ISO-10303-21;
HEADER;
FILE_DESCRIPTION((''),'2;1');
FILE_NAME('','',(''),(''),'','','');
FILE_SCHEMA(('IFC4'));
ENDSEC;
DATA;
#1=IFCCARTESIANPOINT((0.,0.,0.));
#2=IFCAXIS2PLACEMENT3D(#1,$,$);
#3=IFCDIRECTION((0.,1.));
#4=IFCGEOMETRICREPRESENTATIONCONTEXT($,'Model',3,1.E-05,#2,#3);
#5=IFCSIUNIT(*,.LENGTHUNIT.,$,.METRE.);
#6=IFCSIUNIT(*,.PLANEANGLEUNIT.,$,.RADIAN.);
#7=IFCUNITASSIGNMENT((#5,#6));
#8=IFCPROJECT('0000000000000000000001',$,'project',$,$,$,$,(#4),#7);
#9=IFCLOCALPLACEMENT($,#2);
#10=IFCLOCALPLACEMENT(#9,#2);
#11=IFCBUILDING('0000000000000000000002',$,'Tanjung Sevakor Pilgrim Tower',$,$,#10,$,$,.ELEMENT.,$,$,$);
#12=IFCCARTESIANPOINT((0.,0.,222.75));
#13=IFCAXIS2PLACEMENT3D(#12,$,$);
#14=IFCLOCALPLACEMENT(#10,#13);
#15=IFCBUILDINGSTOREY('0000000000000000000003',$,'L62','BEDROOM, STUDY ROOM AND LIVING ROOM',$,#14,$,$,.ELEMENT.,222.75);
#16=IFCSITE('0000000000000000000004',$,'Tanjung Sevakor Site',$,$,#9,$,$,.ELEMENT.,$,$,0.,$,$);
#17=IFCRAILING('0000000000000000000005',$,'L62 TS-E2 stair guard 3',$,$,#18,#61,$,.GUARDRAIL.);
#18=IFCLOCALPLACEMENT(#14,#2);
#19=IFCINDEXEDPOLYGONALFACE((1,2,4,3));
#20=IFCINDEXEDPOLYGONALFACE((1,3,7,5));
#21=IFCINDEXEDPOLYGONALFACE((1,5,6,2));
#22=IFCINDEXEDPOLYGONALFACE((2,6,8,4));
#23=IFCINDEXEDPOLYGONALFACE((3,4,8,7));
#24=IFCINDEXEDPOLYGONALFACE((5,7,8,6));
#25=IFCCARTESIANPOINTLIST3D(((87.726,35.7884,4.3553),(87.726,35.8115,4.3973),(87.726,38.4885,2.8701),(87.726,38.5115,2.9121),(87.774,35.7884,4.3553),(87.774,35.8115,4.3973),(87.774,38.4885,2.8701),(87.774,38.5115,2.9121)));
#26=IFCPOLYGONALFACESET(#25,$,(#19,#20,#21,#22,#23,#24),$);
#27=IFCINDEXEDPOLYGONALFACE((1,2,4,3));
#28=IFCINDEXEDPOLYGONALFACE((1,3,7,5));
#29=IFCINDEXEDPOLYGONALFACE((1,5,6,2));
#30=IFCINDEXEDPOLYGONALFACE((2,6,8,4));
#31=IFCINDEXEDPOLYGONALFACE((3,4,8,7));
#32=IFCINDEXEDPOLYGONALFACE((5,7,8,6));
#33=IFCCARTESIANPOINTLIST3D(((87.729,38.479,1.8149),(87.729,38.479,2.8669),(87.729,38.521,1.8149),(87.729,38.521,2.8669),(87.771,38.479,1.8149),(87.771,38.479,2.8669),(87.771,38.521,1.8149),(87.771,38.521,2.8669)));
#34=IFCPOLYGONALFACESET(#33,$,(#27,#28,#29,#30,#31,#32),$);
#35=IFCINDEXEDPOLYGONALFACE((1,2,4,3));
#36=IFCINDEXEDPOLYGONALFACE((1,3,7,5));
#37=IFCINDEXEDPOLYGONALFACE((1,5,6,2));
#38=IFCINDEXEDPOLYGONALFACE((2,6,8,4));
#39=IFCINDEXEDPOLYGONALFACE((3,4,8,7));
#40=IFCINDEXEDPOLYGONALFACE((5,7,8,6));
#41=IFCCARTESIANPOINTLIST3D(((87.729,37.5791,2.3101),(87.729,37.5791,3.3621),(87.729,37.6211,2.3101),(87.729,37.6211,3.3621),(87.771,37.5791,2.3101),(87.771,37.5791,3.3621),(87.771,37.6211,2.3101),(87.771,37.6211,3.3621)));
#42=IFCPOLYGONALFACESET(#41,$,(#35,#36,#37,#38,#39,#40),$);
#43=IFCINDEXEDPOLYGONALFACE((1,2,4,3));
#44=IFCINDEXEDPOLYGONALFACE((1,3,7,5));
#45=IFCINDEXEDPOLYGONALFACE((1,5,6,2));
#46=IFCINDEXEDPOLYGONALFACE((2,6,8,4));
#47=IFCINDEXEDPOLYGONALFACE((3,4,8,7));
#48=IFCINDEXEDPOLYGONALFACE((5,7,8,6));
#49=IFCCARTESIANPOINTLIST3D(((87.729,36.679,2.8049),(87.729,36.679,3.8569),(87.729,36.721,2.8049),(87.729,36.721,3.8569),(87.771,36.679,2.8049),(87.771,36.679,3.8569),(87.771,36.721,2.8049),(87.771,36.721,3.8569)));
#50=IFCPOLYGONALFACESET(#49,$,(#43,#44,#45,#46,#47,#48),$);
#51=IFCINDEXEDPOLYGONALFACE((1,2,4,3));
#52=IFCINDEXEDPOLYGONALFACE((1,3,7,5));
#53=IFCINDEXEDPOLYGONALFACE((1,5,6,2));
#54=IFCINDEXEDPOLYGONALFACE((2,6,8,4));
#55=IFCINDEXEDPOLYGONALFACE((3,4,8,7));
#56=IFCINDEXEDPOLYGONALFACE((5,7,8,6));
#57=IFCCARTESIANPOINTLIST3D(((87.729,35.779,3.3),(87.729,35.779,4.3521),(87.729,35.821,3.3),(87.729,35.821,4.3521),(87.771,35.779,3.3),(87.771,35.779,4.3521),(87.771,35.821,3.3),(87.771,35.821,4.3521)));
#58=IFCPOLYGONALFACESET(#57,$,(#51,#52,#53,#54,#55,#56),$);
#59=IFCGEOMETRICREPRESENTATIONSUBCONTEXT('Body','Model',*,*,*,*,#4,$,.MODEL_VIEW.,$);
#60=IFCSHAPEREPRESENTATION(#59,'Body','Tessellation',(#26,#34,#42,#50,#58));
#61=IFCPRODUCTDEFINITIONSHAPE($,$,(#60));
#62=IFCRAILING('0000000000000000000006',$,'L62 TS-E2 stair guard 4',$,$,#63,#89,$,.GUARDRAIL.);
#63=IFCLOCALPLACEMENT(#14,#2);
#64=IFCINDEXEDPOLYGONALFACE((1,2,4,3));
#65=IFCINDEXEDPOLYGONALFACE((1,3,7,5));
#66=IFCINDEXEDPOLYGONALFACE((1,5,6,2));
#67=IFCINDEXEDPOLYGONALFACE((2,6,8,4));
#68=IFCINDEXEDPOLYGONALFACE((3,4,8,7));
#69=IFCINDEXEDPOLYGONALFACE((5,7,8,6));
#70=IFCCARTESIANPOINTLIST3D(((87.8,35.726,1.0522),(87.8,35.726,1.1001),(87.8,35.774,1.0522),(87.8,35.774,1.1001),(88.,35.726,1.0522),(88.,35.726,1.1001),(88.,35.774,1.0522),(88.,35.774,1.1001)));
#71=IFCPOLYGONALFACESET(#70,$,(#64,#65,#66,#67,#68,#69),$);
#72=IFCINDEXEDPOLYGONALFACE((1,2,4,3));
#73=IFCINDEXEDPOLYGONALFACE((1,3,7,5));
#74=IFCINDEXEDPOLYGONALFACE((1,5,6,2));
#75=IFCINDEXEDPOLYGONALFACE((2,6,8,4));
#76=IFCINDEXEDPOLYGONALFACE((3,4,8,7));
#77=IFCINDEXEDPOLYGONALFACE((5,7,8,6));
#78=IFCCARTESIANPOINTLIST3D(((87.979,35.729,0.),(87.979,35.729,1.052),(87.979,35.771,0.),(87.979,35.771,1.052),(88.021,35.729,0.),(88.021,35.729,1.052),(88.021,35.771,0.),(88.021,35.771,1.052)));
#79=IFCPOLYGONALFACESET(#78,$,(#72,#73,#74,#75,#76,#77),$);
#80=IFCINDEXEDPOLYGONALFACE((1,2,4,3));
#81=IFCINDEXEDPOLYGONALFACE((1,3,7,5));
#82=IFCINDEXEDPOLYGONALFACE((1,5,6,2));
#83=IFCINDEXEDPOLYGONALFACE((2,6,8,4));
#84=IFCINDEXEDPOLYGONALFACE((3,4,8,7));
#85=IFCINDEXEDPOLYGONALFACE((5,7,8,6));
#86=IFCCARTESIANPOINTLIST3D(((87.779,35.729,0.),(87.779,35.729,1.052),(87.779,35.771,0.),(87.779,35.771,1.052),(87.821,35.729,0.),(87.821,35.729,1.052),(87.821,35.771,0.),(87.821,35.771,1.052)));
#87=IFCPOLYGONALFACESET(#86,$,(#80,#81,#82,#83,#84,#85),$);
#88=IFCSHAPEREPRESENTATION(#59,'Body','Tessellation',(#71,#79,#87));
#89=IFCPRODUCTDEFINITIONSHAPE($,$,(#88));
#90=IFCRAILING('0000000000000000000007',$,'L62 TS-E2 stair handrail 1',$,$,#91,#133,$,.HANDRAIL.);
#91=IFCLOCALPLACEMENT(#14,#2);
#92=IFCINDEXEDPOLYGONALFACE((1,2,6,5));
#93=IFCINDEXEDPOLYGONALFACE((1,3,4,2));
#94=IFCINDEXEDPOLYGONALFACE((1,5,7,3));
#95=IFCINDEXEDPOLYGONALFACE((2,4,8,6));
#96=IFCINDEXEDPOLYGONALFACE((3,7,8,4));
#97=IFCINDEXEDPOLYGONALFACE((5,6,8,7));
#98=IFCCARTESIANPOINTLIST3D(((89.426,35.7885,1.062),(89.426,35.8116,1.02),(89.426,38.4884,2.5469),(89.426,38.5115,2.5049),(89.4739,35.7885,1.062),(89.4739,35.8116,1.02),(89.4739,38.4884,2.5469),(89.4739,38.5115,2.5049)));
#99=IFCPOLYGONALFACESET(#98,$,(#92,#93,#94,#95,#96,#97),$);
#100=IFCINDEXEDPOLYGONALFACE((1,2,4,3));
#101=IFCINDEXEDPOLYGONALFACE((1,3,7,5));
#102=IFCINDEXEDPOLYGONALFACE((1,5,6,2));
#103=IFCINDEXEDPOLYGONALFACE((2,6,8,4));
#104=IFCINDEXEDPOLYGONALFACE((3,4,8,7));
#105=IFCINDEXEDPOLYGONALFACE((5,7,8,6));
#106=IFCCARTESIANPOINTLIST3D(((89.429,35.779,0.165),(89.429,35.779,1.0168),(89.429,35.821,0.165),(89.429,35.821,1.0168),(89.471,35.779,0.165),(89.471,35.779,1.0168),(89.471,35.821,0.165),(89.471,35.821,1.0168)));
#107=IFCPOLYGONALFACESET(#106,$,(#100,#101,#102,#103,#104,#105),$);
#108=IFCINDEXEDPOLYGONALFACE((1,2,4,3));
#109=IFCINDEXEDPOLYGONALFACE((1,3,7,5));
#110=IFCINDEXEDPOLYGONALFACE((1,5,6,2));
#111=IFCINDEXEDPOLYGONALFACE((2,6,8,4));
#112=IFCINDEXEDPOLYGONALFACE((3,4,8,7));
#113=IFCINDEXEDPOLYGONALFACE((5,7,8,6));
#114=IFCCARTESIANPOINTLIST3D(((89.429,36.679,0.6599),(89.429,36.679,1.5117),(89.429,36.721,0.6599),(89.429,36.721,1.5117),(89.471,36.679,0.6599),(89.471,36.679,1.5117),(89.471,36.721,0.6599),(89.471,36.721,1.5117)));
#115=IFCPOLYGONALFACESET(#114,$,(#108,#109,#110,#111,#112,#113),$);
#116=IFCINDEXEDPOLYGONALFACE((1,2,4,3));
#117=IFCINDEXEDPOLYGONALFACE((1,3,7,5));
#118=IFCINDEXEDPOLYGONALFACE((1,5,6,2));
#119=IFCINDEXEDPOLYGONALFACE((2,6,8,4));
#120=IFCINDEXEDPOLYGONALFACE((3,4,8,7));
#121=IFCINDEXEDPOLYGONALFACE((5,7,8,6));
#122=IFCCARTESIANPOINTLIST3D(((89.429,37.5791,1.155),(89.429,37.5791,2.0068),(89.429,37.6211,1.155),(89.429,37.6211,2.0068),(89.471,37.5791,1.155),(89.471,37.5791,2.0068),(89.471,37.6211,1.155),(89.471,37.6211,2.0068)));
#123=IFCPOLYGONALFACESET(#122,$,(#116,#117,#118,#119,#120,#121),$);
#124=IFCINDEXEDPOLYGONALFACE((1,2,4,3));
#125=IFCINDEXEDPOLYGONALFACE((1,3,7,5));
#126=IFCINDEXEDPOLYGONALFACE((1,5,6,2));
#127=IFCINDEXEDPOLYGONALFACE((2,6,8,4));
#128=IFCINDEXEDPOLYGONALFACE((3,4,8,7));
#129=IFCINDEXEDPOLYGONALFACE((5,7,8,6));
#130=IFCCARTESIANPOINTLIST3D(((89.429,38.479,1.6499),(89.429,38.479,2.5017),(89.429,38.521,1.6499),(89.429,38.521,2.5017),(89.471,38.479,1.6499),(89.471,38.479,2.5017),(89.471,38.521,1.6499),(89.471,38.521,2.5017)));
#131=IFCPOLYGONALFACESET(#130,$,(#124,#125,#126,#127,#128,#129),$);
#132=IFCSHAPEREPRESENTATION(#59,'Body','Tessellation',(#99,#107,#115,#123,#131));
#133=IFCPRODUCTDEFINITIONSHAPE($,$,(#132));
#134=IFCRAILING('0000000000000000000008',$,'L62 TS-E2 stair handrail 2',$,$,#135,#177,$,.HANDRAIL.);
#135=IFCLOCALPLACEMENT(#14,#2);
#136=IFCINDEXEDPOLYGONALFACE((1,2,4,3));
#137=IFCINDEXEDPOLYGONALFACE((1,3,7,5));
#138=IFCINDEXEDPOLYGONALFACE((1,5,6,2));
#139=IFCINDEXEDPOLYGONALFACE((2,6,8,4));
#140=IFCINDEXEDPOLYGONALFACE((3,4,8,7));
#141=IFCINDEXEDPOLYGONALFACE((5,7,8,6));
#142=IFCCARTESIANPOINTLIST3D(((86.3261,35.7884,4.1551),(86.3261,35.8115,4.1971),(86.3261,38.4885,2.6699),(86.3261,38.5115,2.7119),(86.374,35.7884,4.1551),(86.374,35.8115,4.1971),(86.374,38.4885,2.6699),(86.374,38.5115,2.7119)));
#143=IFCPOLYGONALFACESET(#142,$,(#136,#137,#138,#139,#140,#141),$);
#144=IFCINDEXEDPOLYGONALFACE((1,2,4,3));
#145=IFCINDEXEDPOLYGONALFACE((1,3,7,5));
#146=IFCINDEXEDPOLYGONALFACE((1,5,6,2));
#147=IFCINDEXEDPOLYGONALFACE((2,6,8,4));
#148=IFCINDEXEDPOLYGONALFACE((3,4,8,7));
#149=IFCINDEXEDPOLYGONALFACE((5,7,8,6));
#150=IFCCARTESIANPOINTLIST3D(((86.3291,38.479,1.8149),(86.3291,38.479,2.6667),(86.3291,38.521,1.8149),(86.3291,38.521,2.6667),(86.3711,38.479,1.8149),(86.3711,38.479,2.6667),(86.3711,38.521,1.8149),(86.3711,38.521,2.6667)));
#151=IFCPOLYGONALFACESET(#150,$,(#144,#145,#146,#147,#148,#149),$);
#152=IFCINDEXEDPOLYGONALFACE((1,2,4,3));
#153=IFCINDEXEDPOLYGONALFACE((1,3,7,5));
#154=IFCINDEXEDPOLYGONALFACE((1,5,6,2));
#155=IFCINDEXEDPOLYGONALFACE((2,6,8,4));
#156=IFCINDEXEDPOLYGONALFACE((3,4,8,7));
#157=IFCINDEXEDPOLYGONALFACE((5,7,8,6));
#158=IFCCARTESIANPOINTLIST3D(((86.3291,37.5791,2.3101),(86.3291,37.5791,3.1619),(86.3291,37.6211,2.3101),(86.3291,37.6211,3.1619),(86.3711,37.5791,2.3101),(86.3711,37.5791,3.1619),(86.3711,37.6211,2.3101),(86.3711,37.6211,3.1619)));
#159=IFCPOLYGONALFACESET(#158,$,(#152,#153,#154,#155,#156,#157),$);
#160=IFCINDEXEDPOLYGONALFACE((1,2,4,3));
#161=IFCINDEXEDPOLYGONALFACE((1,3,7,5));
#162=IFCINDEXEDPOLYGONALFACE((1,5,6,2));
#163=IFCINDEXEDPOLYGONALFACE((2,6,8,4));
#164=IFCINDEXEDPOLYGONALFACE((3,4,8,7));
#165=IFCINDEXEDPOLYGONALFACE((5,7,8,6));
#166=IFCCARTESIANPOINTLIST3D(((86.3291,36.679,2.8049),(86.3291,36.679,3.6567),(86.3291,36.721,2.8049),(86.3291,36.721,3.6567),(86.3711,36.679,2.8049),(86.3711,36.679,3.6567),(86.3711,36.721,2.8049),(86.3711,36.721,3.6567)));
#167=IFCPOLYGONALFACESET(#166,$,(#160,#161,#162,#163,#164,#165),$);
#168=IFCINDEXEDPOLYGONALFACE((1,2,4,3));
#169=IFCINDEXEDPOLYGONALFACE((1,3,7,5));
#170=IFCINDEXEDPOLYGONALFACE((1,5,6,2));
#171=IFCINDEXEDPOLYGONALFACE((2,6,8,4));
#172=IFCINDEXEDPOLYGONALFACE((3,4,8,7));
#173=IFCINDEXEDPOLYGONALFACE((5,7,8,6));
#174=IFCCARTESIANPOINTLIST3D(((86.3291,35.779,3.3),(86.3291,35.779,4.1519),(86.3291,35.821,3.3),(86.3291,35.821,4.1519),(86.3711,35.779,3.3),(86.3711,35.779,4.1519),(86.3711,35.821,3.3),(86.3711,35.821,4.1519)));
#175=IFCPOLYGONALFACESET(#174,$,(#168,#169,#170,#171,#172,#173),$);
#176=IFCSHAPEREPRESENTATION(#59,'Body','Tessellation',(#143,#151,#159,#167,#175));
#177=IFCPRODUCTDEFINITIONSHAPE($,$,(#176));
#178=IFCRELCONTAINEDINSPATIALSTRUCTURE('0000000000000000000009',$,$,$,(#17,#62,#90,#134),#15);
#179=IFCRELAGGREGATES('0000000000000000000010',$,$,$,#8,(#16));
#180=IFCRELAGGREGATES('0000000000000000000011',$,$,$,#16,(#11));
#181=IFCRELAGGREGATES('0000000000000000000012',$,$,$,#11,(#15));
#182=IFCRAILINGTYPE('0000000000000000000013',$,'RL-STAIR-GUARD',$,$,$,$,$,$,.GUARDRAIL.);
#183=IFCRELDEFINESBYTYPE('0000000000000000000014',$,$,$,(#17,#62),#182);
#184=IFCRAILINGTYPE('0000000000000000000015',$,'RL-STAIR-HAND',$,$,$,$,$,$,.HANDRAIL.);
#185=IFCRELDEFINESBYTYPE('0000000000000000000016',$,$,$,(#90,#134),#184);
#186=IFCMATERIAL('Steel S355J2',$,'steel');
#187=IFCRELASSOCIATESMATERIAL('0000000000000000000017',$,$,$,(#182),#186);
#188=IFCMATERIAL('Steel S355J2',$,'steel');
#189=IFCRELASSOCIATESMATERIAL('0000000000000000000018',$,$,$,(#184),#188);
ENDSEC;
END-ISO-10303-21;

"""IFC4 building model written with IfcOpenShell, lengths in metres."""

from ifc_helpers import new_model, si_unit, direction, frame, origin, place, context, subcontext, project, spatial, rectangle, extrude, material, type_object, element, save


model = new_model("IFC4")

# Units and contexts
model_context = context("Model", 3, precision=1e-05, world=origin(), true_north=direction((0.0, 1.0)))
body_context = subcontext(model_context, "Body", "Model", "MODEL_VIEW")
ifc_project = project(units=[si_unit("LENGTHUNIT", "METRE"), si_unit("PLANEANGLEUNIT", "RADIAN")], contexts=[model_context])

# Site, building, storey
site_placement = place(None, origin())
site = spatial("IfcSite", under=ifc_project, at=site_placement, Name="Tanjung Sevakor Site", CompositionType="ELEMENT", RefElevation=0.0)
building_placement = place(site_placement, origin())
building = spatial("IfcBuilding", under=site, at=building_placement, Name="Tanjung Sevakor Pilgrim Tower", CompositionType="ELEMENT")
storey_placement = place(building_placement, frame((0.0, 0.0, 222.75)))
storey = spatial("IfcBuildingStorey", under=building, at=storey_placement, Name="L62", Description="BEDROOM, STUDY ROOM AND LIVING ROOM", CompositionType="ELEMENT", Elevation=222.75)

# Railings
ifc_material_1 = material(Name="Steel S355J2", Category="steel")
railing_type_1 = type_object("IfcRailingType", Name="RL-STAIR-GUARD", PredefinedType="GUARDRAIL", material=ifc_material_1)
railing_1_placement = place(storey_placement, frame((87.75, 38.5, 1.8149)))
element("IfcRailing", 1, at=railing_1_placement, inside=storey, type_object=railing_type_1, Name="L62 TS-E2 stair guard 3", PredefinedType="GUARDRAIL", context=body_context, shape_type="SweptSolid", body=[
    extrude(rectangle(XDim=0.0479, YDim=0.0479), frame((0.0, 0.0, 1.0762), z_axis=(0.0, -0.876198, 0.481952), x_axis=(1.0, 0.0, 0.0)), (0.0, 0.0, 1.0), 3.0815),
    extrude(rectangle(XDim=0.042, YDim=0.042), origin(), (0.0, 0.0, 1.0), 1.052),
    extrude(rectangle(XDim=0.042, YDim=0.042), frame((0.0, -0.8999, 0.4951)), (0.0, 0.0, 1.0), 1.052),
    extrude(rectangle(XDim=0.042, YDim=0.042), frame((0.0, -1.8, 0.99)), (0.0, 0.0, 1.0), 1.052),
    extrude(rectangle(XDim=0.042, YDim=0.042), frame((0.0, -2.7, 1.4851)), (0.0, 0.0, 1.0), 1.052),
])
railing_2_placement = place(storey_placement, frame((88.0, 35.75, 0.0)))
element("IfcRailing", 2, at=railing_2_placement, inside=storey, type_object=railing_type_1, Name="L62 TS-E2 stair guard 4", PredefinedType="GUARDRAIL", context=body_context, shape_type="SweptSolid", body=[
    extrude(rectangle(XDim=0.0479, YDim=0.0479), frame((0.0, 0.0, 1.0762), z_axis=(-1.0, 0.0, 0.0), x_axis=(0.0, -1.0, 0.0)), (0.0, 0.0, 1.0), 0.2),
    extrude(rectangle(XDim=0.042, YDim=0.042), origin(), (0.0, 0.0, 1.0), 1.052),
    extrude(rectangle(XDim=0.042, YDim=0.042), frame((-0.2, 0.0, 0.0)), (0.0, 0.0, 1.0), 1.052),
])
ifc_material_2 = material(Name="Steel S355J2", Category="steel")
railing_type_2 = type_object("IfcRailingType", Name="RL-STAIR-HAND", PredefinedType="HANDRAIL", material=ifc_material_2)
railing_3_placement = place(storey_placement, frame((89.45, 35.8, 0.165)))
element("IfcRailing", 3, at=railing_3_placement, inside=storey, type_object=railing_type_2, Name="L62 TS-E2 stair handrail 1", PredefinedType="HANDRAIL", context=body_context, shape_type="SweptSolid", body=[
    extrude(rectangle(XDim=0.0479, YDim=0.0479), frame((0.0, 0.0, 0.876), z_axis=(0.0, 0.876231, 0.481891), x_axis=(-1.0, 0.0, 0.0)), (0.0, 0.0, 1.0), 3.0813),
    extrude(rectangle(XDim=0.042, YDim=0.042), origin(), (0.0, 0.0, 1.0), 0.8518),
    extrude(rectangle(XDim=0.042, YDim=0.042), frame((0.0, 0.8999, 0.4949)), (0.0, 0.0, 1.0), 0.8518),
    extrude(rectangle(XDim=0.042, YDim=0.042), frame((0.0, 1.8, 0.99)), (0.0, 0.0, 1.0), 0.8518),
    extrude(rectangle(XDim=0.042, YDim=0.042), frame((0.0, 2.7, 1.4849)), (0.0, 0.0, 1.0), 0.8518),
])
railing_4_placement = place(storey_placement, frame((86.3501, 38.5, 1.8149)))
element("IfcRailing", 4, at=railing_4_placement, inside=storey, type_object=railing_type_2, Name="L62 TS-E2 stair handrail 2", PredefinedType="HANDRAIL", context=body_context, shape_type="SweptSolid", body=[
    extrude(rectangle(XDim=0.0479, YDim=0.0479), frame((0.0, 0.0, 0.876), z_axis=(0.0, -0.876198, 0.481952), x_axis=(1.0, 0.0, 0.0)), (0.0, 0.0, 1.0), 3.0815),
    extrude(rectangle(XDim=0.042, YDim=0.042), origin(), (0.0, 0.0, 1.0), 0.8518),
    extrude(rectangle(XDim=0.042, YDim=0.042), frame((0.0, -0.8999, 0.4951)), (0.0, 0.0, 1.0), 0.8518),
    extrude(rectangle(XDim=0.042, YDim=0.042), frame((0.0, -1.8, 0.99)), (0.0, 0.0, 1.0), 0.8518),
    extrude(rectangle(XDim=0.042, YDim=0.042), frame((0.0, -2.7, 1.4851)), (0.0, 0.0, 1.0), 0.8518),
])

save(model, "model.ifc")
